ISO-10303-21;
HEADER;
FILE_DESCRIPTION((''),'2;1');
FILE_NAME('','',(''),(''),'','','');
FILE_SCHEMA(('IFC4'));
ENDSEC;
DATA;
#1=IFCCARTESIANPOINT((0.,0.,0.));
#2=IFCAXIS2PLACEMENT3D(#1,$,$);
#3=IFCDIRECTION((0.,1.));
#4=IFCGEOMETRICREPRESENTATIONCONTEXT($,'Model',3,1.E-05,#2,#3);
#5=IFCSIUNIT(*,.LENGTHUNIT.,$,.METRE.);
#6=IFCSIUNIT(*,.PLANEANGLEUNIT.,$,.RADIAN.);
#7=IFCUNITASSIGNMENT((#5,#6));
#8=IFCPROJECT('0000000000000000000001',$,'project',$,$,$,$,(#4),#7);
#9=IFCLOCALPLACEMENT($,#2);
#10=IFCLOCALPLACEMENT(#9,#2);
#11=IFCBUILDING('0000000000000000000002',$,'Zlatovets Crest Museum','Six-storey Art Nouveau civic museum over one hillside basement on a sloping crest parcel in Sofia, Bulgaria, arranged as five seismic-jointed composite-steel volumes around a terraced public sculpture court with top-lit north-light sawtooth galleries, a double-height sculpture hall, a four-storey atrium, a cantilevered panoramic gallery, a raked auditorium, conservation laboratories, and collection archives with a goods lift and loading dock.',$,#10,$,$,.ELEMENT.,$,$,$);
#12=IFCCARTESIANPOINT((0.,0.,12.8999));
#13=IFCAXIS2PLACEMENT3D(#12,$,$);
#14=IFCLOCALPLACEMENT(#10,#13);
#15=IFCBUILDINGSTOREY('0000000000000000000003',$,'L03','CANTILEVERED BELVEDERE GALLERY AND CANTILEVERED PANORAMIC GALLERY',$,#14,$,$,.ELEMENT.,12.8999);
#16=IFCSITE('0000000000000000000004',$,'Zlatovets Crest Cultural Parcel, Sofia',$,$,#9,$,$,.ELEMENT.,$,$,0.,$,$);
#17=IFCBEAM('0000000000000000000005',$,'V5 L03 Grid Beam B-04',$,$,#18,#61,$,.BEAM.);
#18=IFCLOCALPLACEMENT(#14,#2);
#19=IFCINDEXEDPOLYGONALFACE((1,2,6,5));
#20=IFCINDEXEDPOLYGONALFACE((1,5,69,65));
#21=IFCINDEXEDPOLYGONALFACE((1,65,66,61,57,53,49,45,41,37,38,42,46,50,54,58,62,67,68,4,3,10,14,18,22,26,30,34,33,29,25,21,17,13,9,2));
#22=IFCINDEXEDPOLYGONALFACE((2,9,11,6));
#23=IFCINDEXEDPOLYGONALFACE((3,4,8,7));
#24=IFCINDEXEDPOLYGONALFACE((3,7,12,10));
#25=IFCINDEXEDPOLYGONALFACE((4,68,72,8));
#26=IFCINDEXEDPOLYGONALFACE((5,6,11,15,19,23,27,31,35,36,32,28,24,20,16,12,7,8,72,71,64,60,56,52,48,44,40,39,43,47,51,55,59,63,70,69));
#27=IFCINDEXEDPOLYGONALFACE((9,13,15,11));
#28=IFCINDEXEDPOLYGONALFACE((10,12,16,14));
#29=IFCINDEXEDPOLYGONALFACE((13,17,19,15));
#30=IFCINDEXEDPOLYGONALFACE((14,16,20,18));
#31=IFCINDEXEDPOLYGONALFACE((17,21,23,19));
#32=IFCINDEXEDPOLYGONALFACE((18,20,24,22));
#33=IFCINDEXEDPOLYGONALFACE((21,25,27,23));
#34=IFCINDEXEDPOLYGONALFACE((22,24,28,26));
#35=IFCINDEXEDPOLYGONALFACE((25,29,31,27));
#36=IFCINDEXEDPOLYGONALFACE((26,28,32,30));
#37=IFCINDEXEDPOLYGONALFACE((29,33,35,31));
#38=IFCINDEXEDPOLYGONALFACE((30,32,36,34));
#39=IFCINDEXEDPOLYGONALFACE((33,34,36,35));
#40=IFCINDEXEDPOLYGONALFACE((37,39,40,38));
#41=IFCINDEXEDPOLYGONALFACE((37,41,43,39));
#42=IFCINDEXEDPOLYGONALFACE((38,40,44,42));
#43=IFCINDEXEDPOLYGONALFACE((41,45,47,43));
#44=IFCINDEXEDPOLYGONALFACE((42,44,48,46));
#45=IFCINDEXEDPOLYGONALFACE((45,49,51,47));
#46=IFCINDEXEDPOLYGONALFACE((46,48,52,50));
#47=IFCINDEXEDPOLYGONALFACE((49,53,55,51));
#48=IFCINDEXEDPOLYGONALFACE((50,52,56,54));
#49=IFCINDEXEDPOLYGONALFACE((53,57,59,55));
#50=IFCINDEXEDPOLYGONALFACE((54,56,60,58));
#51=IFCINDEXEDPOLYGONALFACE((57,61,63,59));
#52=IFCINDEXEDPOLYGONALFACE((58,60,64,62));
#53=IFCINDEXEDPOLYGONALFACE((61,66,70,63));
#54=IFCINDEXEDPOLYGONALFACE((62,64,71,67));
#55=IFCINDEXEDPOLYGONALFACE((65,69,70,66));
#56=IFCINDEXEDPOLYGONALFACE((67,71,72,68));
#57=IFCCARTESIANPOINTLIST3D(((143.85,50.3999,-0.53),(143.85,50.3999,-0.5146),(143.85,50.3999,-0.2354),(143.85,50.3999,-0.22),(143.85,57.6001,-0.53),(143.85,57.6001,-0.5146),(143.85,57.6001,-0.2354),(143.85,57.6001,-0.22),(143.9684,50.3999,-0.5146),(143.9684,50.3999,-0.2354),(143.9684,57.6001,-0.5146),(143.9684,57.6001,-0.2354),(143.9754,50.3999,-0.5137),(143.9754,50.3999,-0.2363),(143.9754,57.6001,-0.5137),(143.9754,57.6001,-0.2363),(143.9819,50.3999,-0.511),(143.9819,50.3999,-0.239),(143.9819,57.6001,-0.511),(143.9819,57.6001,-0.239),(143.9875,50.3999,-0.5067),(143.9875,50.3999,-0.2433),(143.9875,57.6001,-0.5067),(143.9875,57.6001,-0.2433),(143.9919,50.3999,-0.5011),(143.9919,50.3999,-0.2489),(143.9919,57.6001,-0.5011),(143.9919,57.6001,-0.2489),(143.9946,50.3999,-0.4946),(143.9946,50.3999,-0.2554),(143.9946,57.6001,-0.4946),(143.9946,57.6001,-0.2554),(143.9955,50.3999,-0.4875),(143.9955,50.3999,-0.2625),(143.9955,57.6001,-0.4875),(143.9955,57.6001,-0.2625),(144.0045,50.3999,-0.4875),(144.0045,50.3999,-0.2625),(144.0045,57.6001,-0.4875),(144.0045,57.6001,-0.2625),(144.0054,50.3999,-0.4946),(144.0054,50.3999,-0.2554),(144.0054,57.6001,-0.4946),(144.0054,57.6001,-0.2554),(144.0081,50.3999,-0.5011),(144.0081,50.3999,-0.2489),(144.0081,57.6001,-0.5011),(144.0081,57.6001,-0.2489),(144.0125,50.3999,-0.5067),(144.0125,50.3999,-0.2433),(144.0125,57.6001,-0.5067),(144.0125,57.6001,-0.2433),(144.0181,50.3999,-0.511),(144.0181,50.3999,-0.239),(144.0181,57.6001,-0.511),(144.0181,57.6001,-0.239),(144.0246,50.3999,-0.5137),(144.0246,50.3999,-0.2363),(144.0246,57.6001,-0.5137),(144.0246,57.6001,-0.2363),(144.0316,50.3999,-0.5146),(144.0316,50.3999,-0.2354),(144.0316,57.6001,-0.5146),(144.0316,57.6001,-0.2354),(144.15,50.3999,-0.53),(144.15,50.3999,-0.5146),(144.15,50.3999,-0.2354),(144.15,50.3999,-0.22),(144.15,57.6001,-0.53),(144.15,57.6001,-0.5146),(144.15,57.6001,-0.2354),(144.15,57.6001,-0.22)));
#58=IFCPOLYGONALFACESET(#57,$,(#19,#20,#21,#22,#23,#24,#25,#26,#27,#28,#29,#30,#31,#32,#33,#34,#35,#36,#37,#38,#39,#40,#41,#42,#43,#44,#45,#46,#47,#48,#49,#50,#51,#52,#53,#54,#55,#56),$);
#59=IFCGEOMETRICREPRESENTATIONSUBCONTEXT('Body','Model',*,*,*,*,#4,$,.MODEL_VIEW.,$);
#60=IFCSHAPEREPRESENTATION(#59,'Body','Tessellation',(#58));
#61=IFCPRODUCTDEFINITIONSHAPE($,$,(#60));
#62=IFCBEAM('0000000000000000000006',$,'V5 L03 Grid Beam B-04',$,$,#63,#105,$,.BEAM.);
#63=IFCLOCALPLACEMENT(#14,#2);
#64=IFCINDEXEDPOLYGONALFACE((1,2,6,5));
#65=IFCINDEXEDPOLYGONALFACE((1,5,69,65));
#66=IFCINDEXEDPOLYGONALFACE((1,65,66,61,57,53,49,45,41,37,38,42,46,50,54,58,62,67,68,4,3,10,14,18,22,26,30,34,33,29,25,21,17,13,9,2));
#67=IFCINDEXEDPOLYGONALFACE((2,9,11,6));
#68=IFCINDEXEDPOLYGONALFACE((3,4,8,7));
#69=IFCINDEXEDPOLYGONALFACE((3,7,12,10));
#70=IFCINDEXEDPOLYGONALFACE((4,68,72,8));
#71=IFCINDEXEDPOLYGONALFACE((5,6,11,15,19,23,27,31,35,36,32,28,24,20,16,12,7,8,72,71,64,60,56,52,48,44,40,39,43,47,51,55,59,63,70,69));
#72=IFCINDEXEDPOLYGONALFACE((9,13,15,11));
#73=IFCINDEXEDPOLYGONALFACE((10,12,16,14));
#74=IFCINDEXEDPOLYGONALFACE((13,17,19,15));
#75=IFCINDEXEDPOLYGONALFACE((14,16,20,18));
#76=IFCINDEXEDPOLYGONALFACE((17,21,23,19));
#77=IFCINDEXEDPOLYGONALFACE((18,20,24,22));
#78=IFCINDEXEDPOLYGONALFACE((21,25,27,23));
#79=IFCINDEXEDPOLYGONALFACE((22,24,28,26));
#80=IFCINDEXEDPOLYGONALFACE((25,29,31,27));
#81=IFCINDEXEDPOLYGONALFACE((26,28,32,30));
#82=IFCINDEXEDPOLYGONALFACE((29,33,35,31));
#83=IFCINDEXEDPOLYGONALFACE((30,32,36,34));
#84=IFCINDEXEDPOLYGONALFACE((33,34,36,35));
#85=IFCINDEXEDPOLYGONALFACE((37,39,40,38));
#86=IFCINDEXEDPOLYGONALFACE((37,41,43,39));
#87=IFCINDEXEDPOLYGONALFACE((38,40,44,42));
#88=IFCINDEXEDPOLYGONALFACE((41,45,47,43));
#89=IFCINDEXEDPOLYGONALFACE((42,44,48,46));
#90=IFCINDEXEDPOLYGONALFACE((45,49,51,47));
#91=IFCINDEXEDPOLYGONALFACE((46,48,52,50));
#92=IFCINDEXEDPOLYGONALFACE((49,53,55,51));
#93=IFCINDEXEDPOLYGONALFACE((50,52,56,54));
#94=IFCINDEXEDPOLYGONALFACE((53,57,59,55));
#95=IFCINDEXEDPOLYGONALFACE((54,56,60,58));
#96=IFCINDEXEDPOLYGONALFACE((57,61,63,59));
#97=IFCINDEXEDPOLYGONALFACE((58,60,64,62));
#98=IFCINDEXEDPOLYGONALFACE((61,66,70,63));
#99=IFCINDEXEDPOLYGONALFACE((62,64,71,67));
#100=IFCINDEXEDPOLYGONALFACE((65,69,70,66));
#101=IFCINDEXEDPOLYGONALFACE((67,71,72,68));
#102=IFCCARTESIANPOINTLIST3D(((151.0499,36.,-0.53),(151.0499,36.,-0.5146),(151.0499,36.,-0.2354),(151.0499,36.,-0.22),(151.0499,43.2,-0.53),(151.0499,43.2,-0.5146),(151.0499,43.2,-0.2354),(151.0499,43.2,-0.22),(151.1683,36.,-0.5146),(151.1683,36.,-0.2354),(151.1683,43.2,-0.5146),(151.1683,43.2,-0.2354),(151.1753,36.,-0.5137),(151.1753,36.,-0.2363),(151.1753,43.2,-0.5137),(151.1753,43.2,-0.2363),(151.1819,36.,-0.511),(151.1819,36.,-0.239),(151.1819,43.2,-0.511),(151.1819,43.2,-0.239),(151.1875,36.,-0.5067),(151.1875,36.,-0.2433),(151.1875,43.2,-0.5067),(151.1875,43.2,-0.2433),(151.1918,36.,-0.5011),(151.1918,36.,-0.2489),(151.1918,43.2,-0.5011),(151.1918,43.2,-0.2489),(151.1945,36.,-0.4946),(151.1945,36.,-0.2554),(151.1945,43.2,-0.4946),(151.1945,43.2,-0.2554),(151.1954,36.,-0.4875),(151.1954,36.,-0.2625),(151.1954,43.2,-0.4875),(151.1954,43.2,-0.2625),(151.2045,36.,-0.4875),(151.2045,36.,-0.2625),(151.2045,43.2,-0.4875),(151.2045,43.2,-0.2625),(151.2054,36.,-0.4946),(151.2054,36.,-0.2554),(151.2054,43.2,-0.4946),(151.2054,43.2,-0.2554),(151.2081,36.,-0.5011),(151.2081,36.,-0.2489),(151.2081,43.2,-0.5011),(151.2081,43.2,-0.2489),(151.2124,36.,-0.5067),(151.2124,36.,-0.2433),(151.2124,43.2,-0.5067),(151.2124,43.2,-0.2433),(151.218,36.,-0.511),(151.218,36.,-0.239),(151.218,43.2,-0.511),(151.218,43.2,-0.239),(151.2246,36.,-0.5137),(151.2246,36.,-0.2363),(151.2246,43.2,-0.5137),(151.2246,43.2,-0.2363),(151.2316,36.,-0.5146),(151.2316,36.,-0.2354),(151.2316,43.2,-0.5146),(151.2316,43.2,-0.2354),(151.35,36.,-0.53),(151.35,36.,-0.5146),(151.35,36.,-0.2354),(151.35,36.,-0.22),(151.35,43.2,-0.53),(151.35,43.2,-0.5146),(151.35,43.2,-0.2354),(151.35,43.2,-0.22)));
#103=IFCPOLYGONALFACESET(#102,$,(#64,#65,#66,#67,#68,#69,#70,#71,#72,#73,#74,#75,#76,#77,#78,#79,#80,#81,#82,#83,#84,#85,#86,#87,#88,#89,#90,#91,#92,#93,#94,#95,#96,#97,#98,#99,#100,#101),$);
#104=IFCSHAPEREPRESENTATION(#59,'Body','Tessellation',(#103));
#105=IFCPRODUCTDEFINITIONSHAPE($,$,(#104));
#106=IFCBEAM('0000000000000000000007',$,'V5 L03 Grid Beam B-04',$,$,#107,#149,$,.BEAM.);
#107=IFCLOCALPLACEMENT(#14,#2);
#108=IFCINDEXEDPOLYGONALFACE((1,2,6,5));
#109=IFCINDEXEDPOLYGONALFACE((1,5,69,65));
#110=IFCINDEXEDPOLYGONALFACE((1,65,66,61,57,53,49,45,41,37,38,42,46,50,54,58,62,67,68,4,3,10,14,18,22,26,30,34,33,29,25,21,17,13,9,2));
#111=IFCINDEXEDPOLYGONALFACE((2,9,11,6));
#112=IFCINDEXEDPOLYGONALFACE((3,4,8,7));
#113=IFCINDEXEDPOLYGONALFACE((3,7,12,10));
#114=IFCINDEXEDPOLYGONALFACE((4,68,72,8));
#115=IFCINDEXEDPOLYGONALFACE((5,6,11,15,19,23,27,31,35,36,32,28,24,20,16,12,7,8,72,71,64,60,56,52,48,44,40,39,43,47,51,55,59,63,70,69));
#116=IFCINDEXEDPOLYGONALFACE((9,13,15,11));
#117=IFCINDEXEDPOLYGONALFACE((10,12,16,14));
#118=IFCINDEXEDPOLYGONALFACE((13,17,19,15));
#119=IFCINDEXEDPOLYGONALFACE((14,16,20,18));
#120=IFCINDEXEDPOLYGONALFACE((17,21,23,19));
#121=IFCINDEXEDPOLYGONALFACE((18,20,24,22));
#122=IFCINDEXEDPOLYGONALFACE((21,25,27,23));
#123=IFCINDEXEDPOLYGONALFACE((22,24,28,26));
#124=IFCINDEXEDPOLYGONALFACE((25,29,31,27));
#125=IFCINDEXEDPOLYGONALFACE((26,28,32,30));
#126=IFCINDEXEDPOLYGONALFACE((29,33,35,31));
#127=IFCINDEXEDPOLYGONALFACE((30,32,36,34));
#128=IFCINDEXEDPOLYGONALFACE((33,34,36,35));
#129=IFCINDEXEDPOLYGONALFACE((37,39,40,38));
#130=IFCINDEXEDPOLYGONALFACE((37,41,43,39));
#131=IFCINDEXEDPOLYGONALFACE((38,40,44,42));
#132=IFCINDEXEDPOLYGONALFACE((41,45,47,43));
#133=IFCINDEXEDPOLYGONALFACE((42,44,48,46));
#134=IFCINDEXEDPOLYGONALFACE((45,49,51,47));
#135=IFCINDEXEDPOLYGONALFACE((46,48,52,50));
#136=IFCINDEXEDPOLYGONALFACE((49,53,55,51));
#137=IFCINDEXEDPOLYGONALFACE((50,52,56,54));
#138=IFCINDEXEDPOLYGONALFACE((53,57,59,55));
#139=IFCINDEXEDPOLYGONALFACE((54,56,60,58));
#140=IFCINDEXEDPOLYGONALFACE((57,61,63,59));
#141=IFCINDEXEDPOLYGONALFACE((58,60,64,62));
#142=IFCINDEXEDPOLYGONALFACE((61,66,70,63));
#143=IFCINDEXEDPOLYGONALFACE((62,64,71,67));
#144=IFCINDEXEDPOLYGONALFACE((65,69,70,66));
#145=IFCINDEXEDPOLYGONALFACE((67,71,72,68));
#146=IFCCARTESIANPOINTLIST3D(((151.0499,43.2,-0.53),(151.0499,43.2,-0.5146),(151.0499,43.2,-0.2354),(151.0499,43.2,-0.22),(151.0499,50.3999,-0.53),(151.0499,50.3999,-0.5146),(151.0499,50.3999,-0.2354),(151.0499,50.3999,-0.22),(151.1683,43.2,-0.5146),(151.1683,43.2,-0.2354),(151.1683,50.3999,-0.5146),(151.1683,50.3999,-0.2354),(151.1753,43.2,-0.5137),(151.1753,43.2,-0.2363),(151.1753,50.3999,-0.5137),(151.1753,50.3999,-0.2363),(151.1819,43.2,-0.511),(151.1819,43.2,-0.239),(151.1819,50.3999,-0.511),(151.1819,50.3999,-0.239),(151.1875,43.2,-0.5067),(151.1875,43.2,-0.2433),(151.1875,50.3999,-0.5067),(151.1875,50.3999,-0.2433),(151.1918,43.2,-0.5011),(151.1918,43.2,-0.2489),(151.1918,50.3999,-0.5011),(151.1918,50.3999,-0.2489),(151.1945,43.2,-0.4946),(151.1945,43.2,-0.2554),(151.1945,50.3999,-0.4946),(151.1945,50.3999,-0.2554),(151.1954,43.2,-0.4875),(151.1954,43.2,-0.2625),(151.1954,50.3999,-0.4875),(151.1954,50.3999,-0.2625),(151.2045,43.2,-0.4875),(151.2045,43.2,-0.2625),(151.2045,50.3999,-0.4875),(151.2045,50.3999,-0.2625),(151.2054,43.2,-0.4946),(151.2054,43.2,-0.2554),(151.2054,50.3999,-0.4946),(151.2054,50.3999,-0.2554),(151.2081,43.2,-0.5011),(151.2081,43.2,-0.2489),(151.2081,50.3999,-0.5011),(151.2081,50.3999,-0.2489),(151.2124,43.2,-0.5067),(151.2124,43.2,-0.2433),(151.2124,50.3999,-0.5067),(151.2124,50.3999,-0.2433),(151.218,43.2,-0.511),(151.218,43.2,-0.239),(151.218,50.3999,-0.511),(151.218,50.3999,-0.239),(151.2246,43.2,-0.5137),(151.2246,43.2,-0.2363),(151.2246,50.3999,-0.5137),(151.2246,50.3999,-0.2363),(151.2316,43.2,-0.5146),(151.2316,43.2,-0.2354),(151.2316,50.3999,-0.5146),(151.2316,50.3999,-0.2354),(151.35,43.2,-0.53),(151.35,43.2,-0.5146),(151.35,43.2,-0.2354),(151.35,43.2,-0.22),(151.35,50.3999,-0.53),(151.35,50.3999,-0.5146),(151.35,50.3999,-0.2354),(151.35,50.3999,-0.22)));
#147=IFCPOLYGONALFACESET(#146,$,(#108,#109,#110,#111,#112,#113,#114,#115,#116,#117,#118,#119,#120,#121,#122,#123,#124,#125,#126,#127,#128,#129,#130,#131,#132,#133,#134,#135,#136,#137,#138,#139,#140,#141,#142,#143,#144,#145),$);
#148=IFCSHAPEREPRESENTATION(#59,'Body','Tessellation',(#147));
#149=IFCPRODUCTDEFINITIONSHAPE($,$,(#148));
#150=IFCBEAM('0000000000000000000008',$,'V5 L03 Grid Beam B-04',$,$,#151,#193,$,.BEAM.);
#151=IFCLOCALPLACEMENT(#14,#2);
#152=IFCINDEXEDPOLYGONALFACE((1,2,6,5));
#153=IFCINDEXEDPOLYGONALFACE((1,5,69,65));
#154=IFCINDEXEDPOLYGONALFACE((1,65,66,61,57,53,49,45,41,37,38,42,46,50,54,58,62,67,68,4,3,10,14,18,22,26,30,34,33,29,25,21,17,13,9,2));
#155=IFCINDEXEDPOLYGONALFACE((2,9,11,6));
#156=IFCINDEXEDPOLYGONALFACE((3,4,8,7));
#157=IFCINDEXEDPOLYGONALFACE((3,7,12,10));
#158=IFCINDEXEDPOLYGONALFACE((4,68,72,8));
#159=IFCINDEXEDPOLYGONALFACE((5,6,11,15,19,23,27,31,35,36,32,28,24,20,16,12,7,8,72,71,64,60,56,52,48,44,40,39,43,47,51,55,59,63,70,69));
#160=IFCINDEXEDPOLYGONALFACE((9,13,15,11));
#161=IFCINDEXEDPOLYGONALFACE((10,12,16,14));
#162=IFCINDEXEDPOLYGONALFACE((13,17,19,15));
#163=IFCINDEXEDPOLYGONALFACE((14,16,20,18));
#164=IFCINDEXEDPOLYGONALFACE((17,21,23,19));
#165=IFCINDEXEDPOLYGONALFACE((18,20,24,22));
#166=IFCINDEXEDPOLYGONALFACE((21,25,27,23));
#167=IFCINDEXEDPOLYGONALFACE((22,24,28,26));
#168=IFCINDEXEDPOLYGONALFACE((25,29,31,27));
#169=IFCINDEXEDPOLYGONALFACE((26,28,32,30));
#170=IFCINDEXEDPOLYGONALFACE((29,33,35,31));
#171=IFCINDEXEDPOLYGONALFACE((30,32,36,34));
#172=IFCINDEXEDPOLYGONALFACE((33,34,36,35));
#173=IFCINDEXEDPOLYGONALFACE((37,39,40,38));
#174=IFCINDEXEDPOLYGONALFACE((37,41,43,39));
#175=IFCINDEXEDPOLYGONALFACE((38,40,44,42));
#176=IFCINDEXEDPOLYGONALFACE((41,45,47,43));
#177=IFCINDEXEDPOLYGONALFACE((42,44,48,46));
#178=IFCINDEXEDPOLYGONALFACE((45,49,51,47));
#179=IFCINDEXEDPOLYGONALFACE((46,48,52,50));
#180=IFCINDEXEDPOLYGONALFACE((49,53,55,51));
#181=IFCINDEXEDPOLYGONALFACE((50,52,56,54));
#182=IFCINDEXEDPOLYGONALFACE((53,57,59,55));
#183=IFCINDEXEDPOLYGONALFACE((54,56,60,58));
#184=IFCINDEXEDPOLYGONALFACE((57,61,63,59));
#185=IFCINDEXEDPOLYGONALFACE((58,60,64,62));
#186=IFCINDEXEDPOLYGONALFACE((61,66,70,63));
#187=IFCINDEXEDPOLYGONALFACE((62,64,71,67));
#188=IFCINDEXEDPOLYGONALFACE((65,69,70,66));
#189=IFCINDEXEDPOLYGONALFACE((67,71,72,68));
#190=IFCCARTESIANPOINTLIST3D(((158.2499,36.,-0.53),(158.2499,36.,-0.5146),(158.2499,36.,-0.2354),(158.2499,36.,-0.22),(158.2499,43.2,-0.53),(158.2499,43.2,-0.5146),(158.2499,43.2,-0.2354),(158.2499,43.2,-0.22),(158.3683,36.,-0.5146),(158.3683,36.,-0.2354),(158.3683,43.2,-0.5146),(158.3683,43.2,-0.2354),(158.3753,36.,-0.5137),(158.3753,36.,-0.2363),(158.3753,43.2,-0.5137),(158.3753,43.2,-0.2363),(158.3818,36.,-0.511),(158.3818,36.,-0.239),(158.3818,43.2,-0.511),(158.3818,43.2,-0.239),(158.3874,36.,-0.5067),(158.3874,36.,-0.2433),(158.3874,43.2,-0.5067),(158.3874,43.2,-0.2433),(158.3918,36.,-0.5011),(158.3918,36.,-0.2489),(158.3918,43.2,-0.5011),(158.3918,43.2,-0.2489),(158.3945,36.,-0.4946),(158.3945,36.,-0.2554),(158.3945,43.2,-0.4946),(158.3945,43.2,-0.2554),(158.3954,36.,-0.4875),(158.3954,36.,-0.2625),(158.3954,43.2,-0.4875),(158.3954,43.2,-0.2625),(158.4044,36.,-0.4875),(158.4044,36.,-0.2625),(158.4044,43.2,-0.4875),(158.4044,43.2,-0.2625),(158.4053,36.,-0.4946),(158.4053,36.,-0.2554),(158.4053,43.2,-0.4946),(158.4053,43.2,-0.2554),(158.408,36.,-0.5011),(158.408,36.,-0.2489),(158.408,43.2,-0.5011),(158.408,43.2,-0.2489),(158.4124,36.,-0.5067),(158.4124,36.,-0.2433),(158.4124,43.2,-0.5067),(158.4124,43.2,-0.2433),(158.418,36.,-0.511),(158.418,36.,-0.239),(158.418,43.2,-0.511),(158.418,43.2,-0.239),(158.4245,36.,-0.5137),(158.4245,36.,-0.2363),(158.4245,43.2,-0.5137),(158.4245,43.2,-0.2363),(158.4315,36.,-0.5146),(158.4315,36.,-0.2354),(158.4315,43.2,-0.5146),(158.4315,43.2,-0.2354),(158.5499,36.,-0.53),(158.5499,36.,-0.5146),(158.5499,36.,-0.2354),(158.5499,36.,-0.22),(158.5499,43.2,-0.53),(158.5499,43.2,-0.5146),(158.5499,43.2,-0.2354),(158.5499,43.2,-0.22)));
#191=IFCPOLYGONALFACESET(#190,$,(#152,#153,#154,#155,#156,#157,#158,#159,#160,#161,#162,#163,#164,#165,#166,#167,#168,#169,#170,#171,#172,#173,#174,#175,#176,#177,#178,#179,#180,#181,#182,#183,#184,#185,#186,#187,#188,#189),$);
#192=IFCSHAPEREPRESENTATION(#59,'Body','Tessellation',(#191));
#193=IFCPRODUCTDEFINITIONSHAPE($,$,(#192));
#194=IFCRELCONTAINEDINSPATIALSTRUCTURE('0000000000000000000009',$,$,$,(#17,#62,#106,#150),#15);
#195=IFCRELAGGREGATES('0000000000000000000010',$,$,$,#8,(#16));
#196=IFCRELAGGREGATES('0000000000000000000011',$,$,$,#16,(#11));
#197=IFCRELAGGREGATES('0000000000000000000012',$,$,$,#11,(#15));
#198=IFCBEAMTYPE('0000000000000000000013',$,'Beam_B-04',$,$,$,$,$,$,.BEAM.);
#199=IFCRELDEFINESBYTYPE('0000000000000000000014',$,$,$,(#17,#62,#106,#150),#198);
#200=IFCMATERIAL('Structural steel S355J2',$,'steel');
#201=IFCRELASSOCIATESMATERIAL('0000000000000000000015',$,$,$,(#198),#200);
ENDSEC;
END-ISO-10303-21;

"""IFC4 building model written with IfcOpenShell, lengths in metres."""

from ifc_helpers import new_model, si_unit, direction, frame, origin, origin_2d, place, context, subcontext, project, spatial, i_section, extrude, material, material_profile, profile_set, type_object, element, save


model = new_model("IFC4")

# Units and contexts
model_context = context("Model", 3, precision=1e-05, world=origin(), true_north=direction((0.0, 1.0)))
body_context = subcontext(model_context, "Body", "Model", "MODEL_VIEW")
ifc_project = project(units=[si_unit("LENGTHUNIT", "METRE"), si_unit("PLANEANGLEUNIT", "RADIAN")], contexts=[model_context])

# Site, building, storey
site_placement = place(None, origin())
site = spatial("IfcSite", under=ifc_project, at=site_placement, Name="Zlatovets Crest Cultural Parcel, Sofia", CompositionType="ELEMENT", RefElevation=0.0)
building_placement = place(site_placement, origin())
building = spatial("IfcBuilding", under=site, at=building_placement, Name="Zlatovets Crest Museum", Description="Six-storey Art Nouveau civic museum over one hillside basement on a sloping crest parcel in Sofia, Bulgaria, arranged as five seismic-jointed composite-steel volumes around a terraced public sculpture court with top-lit north-light sawtooth galleries, a double-height sculpture hall, a four-storey atrium, a cantilevered panoramic gallery, a raked auditorium, conservation laboratories, and collection archives with a goods lift and loading dock.", CompositionType="ELEMENT")
storey_placement = place(building_placement, frame((0.0, 0.0, 12.8999)))
storey = spatial("IfcBuildingStorey", under=building, at=storey_placement, Name="L03", Description="CANTILEVERED BELVEDERE GALLERY AND CANTILEVERED PANORAMIC GALLERY", CompositionType="ELEMENT", Elevation=12.8999)

# Beams
ifc_material = material(Name="Structural steel S355J2", Category="steel")
ifc_material_profile_1 = material_profile(ifc_material, i_section(OverallWidth=0.3, OverallDepth=0.3101, WebThickness=0.009, FlangeThickness=0.0154, FilletRadius=0.0271, at=origin_2d()), Name="HEA 320")
ifc_profile_set_1 = profile_set([ifc_material_profile_1], Name="Structural steel S355J2")
beam_type_1 = type_object("IfcBeamType", Name="Beam_B-04", PredefinedType="BEAM", material=ifc_profile_set_1)
beam_1_placement = place(storey_placement, frame((144.0, 50.3999, -0.375), z_axis=(0.0, 1.0, 0.0), x_axis=(-1.0, 0.0, 0.0)))
element("IfcBeam", 1, at=beam_1_placement, inside=storey, type_object=beam_type_1, Name="V5 L03 Grid Beam B-04", PredefinedType="BEAM", context=body_context, shape_type="SweptSolid", body=[
    extrude(i_section(OverallWidth=0.3, OverallDepth=0.3101, WebThickness=0.009, FlangeThickness=0.0154, FilletRadius=0.0271, at=origin_2d()), origin(), (0.0, 0.0, 1.0), 7.2002),
])
for number, where, z_axis, x_axis, name in (
    (2, (151.2, 36.0, -0.375), (0.0, 1.0, 0.0), (-1.0, 0.0, 0.0), "V5 L03 Grid Beam B-04"),
    (3, (151.2, 43.2, -0.375), (0.0, 1.0, 0.0), (-1.0, 0.0, 0.0), "V5 L03 Grid Beam B-04"),
    (4, (158.3999, 36.0, -0.375), (0.0, 1.0, 0.0), (-1.0, 0.0, 0.0), "V5 L03 Grid Beam B-04"),
):
    element("IfcBeam", number, at=place(storey_placement, frame(where, z_axis=z_axis, x_axis=x_axis)), inside=storey, type_object=beam_type_1, Name=name, PredefinedType="BEAM", context=body_context, shape_type="SweptSolid", body=[
        extrude(i_section(OverallWidth=0.3, OverallDepth=0.3101, WebThickness=0.009, FlangeThickness=0.0154, FilletRadius=0.0271, at=origin_2d()), origin(), (0.0, 0.0, 1.0), 7.2),
    ])

save(model, "model.ifc")
